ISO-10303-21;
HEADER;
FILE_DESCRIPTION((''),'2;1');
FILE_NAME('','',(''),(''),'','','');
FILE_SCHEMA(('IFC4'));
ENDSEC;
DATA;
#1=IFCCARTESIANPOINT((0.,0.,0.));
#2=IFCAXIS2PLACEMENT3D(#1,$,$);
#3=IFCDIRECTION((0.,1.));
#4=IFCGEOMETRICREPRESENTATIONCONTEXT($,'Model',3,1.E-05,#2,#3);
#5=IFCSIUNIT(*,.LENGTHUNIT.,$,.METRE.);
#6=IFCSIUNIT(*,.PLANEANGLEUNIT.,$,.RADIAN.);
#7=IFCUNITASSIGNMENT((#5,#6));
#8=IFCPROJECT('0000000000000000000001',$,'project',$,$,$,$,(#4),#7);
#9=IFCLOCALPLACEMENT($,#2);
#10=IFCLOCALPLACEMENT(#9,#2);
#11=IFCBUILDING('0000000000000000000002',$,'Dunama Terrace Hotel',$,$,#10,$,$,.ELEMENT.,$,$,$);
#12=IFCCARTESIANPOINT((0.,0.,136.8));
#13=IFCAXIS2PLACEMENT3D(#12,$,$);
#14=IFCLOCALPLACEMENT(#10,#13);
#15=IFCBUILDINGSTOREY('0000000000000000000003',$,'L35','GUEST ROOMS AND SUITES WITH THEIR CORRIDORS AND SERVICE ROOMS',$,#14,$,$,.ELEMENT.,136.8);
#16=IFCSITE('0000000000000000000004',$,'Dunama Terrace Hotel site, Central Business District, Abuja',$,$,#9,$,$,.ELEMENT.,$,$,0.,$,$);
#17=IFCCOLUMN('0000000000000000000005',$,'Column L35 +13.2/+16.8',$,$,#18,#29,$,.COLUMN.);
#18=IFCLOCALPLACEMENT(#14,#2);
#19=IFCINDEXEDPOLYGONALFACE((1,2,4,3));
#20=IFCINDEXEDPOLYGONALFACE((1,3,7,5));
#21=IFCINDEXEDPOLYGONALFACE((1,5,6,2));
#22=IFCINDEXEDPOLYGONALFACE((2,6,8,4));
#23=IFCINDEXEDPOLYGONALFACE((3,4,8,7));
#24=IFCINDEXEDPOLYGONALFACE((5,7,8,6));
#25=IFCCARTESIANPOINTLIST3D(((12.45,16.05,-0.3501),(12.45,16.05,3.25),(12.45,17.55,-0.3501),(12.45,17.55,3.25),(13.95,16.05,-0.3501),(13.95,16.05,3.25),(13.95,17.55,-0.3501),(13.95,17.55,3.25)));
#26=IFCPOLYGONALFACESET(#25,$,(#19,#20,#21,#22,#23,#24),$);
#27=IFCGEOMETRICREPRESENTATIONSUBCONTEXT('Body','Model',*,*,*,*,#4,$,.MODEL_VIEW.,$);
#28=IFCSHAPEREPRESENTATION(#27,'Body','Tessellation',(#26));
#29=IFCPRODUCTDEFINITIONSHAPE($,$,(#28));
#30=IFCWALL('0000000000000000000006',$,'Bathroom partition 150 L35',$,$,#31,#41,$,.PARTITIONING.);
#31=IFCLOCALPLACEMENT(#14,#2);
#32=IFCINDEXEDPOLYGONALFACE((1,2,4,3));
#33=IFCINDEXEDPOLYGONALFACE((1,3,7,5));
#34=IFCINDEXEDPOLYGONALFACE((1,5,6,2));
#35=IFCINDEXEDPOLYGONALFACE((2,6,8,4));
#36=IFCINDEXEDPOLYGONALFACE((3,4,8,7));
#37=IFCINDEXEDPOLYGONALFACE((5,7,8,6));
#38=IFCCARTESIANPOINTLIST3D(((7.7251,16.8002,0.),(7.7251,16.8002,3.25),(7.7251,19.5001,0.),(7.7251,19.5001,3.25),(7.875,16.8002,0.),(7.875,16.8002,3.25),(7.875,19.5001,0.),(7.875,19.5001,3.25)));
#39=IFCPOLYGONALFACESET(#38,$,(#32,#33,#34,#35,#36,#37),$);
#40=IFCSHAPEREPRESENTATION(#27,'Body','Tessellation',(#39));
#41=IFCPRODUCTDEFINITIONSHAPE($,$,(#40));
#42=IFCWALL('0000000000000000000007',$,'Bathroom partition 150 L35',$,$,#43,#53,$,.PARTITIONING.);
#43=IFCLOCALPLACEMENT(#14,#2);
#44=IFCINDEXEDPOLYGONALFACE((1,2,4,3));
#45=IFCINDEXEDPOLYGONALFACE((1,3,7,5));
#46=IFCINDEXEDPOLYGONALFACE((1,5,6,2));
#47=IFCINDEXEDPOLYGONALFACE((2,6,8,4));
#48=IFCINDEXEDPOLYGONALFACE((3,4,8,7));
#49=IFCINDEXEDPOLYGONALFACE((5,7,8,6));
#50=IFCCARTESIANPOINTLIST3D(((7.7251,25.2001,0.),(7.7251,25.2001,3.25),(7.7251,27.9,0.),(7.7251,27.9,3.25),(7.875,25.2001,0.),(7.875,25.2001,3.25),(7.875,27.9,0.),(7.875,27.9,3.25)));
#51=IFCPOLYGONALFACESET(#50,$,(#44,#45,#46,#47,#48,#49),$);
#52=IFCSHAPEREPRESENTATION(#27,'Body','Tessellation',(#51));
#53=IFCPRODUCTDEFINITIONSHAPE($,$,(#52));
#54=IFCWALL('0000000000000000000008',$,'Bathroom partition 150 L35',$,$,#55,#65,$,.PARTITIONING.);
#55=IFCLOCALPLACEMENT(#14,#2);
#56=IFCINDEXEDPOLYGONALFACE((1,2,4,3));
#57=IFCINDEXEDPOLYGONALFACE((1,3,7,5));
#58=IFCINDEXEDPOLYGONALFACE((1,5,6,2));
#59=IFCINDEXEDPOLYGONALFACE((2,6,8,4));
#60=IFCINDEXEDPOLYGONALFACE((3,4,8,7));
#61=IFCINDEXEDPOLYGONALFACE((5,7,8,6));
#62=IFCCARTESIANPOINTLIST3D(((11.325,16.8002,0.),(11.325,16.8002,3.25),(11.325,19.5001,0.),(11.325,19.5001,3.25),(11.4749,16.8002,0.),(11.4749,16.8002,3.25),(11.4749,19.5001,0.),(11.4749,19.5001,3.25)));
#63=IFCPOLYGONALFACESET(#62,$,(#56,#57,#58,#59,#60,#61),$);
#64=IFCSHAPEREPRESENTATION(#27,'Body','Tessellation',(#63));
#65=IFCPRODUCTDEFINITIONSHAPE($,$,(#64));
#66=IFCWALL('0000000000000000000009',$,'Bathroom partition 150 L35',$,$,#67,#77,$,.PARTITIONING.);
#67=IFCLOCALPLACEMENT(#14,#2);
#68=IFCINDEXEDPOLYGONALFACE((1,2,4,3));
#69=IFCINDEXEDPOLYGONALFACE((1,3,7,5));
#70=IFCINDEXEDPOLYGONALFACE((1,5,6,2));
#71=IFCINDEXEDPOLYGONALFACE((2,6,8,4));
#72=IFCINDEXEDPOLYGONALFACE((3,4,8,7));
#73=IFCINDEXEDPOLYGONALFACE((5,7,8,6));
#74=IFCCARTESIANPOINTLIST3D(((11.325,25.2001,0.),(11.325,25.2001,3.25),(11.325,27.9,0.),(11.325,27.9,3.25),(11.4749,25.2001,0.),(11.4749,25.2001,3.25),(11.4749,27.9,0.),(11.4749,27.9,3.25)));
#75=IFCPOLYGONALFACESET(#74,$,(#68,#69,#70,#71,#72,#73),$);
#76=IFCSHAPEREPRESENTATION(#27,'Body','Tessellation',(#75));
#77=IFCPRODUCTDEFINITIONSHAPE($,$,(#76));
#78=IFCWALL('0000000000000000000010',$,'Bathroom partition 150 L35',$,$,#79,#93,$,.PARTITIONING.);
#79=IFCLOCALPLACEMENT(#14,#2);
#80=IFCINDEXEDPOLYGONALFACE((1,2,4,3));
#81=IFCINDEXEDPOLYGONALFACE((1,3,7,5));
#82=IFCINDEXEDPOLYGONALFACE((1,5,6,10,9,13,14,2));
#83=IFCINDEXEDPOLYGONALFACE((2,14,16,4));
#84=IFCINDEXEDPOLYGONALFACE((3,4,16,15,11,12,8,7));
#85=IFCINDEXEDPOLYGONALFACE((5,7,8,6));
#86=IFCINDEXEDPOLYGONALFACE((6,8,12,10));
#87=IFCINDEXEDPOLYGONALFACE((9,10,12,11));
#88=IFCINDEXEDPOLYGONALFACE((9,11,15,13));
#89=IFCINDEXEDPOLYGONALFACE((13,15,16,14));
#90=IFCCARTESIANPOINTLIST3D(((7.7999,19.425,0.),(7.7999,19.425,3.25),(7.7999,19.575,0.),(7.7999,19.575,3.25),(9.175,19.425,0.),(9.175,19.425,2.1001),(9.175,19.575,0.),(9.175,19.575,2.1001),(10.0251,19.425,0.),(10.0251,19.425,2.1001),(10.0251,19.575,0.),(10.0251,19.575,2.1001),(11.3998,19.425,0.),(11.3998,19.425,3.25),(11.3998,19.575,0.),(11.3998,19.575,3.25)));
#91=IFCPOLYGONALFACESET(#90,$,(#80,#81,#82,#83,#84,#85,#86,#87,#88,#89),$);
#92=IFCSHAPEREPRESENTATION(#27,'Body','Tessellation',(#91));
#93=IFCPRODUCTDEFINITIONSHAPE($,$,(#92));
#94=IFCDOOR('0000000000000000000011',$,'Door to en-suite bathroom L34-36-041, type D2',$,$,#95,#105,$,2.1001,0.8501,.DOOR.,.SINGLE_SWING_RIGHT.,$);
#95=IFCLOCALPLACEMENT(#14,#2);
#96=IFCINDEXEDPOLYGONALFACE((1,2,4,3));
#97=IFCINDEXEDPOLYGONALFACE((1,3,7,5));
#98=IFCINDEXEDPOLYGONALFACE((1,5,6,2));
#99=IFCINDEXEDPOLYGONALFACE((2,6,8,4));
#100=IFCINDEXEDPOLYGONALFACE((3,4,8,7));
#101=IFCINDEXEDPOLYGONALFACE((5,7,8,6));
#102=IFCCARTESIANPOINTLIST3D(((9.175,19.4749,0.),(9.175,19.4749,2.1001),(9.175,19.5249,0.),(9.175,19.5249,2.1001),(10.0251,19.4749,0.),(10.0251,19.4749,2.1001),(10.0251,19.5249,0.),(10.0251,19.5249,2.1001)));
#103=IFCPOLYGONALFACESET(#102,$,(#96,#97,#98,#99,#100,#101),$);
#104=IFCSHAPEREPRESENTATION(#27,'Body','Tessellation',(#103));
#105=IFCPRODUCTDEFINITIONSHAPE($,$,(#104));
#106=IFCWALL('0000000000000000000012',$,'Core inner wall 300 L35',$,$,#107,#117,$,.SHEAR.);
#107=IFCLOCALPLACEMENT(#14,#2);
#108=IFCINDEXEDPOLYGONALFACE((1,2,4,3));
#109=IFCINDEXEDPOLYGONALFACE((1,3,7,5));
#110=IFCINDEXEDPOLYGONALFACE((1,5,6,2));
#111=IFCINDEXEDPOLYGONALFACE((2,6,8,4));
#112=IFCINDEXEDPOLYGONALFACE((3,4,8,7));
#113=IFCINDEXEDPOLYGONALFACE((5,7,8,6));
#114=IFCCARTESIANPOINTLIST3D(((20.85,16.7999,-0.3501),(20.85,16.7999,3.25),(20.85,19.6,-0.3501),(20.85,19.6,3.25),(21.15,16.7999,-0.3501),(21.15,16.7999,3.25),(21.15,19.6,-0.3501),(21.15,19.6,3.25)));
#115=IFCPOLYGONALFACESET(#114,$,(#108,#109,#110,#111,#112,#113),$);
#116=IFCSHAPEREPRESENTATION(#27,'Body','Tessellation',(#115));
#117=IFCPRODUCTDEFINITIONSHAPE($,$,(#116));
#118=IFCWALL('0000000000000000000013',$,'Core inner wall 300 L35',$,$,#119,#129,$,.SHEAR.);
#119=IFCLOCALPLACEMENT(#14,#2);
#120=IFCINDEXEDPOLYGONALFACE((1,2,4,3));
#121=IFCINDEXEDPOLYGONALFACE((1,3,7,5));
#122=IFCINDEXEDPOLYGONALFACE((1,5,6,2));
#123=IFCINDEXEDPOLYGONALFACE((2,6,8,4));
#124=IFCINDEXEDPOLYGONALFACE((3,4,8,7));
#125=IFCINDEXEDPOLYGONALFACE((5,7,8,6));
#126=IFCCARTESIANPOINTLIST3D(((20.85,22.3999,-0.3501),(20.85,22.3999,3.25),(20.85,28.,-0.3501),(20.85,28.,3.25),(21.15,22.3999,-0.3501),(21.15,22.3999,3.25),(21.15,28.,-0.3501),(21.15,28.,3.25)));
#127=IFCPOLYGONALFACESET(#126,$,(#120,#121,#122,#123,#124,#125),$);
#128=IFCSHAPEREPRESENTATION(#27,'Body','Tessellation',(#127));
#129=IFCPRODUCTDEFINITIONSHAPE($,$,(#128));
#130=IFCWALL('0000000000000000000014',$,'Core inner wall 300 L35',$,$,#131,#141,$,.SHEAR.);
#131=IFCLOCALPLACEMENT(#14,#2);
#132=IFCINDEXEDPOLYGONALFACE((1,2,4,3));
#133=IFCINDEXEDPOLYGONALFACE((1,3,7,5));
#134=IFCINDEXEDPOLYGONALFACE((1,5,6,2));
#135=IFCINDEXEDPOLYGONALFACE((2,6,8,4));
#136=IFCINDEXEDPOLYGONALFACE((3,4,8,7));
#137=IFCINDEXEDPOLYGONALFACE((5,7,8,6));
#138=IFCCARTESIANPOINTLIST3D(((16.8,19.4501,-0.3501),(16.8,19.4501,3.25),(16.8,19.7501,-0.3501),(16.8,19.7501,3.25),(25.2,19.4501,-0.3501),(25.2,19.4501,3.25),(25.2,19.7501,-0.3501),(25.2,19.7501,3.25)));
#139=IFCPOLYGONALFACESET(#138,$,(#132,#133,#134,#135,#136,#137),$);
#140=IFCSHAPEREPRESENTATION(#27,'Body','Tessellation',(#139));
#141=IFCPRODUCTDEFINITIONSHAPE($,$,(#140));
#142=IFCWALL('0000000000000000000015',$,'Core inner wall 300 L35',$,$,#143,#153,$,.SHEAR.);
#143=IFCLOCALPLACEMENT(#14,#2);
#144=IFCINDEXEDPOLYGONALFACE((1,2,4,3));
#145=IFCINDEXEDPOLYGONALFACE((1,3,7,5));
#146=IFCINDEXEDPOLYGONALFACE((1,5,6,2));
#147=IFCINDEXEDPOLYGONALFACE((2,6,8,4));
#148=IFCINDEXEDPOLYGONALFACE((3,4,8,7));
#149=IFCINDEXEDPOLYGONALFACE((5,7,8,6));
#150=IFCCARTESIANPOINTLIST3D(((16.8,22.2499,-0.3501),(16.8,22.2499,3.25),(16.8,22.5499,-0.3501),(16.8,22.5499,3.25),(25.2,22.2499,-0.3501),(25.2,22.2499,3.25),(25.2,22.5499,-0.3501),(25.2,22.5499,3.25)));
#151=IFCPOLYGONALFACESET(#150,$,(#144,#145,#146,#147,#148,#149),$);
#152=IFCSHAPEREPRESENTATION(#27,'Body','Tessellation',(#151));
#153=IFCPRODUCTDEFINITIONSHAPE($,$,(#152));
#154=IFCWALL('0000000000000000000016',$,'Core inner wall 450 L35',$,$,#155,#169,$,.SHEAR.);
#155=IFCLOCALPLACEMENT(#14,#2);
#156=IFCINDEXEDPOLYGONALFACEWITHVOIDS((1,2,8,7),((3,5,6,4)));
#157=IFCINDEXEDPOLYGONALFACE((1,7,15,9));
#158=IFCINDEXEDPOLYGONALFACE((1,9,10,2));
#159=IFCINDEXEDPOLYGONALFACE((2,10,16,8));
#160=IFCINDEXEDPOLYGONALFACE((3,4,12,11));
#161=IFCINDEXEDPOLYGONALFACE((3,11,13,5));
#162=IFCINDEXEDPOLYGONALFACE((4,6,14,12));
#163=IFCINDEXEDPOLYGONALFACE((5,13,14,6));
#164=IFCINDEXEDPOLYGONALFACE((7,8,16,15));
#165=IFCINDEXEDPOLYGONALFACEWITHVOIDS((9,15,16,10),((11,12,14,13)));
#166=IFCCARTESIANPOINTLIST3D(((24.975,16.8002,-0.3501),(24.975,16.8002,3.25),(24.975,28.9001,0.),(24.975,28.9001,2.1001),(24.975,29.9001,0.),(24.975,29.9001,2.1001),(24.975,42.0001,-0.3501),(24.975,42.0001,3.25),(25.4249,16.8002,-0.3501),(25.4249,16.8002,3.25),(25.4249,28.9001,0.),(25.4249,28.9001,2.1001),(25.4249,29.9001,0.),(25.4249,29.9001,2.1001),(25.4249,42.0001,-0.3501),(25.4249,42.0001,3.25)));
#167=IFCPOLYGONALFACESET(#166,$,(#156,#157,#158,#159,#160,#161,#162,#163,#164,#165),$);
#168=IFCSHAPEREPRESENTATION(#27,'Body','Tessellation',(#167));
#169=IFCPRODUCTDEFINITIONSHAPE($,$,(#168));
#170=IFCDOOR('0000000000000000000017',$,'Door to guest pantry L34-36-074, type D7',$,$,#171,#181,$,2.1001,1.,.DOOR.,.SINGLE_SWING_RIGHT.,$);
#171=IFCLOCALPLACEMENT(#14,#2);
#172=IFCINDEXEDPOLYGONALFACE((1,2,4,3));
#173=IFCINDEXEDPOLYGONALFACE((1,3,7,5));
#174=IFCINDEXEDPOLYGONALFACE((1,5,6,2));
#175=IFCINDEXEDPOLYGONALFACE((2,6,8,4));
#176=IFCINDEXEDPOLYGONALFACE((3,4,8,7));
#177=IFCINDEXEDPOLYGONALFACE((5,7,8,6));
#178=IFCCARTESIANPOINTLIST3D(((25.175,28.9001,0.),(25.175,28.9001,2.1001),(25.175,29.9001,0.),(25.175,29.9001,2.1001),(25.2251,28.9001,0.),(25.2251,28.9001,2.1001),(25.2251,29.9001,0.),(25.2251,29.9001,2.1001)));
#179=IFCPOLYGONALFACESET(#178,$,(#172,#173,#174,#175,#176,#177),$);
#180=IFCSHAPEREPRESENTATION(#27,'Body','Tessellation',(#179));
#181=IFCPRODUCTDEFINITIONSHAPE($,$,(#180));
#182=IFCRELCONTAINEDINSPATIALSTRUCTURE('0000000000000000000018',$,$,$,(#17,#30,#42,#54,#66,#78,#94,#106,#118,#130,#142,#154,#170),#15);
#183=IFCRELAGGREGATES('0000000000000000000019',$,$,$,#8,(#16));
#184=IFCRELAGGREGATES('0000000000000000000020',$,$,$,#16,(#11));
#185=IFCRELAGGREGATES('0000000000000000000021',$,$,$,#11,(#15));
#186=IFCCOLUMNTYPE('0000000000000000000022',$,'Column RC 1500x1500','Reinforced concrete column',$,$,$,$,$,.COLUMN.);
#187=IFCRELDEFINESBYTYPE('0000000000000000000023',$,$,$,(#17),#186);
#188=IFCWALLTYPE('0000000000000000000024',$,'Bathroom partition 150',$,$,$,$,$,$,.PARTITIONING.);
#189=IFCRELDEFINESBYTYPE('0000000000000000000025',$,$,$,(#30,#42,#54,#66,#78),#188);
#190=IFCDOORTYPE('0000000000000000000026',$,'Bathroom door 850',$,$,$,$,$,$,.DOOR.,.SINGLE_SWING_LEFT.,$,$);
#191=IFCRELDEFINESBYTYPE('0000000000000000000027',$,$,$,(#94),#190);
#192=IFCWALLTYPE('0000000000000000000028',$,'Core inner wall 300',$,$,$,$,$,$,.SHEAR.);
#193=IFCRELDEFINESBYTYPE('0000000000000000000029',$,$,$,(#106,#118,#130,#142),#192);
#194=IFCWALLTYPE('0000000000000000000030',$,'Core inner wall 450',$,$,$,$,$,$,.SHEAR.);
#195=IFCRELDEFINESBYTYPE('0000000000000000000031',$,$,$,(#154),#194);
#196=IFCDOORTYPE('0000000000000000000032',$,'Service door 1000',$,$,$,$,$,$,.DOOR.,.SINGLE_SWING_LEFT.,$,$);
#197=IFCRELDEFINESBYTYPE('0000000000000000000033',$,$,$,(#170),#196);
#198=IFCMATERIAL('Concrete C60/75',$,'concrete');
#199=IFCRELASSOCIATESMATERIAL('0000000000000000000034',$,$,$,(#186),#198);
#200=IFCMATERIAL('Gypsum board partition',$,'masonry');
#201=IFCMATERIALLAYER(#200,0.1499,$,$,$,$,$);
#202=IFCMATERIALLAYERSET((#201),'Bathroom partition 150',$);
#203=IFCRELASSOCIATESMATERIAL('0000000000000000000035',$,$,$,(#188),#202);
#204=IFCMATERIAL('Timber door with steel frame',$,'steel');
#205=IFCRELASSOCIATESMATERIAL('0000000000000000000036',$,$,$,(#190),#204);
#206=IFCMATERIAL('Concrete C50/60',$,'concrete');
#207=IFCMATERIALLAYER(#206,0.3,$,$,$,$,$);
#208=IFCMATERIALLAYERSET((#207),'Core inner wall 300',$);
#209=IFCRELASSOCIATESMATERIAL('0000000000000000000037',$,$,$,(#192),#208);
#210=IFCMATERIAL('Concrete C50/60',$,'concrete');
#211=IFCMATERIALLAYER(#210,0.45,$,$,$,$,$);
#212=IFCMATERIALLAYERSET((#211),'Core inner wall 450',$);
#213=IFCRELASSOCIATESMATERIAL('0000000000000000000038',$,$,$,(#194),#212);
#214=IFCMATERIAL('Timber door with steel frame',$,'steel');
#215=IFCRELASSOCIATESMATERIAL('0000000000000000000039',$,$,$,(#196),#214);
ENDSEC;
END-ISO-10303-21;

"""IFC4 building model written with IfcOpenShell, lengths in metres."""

from ifc_helpers import new_model, si_unit, direction, frame, frame_2d, origin, origin_2d, place, context, subcontext, project, spatial, rectangle, extrude, material, layer, layer_set, material_profile, profile_set, type_object, element, fill, save


model = new_model("IFC4")

# Units and contexts
model_context = context("Model", 3, precision=1e-05, world=origin(), true_north=direction((0.0, 1.0)))
body_context = subcontext(model_context, "Body", "Model", "MODEL_VIEW")
ifc_project = project(units=[si_unit("LENGTHUNIT", "METRE"), si_unit("PLANEANGLEUNIT", "RADIAN")], contexts=[model_context])

# Site, building, storey
site_placement = place(None, origin())
site = spatial("IfcSite", under=ifc_project, at=site_placement, Name="Dunama Terrace Hotel site, Central Business District, Abuja", CompositionType="ELEMENT", RefElevation=0.0)
building_placement = place(site_placement, origin())
building = spatial("IfcBuilding", under=site, at=building_placement, Name="Dunama Terrace Hotel", CompositionType="ELEMENT")
storey_placement = place(building_placement, frame((0.0, 0.0, 136.8)))
storey = spatial("IfcBuildingStorey", under=building, at=storey_placement, Name="L35", Description="GUEST ROOMS AND SUITES WITH THEIR CORRIDORS AND SERVICE ROOMS", CompositionType="ELEMENT", Elevation=136.8)

# Column
ifc_material_1 = material(Name="Concrete C60/75", Category="concrete")
ifc_material_profile = material_profile(ifc_material_1, rectangle(XDim=1.5, YDim=1.5, at=origin_2d()), Name="RC 1500x1500")
ifc_profile_set = profile_set([ifc_material_profile], Name="Concrete C60/75")
column_type = type_object("IfcColumnType", Name="Column RC 1500x1500", Description="Reinforced concrete column", PredefinedType="COLUMN", material=ifc_profile_set)
column_placement = place(storey_placement, frame((13.2, 16.8, -0.3501), z_axis=(0.0, 0.0, 1.0), x_axis=(1.0, 0.0, 0.0)))
element("IfcColumn", 1, at=column_placement, inside=storey, type_object=column_type, Name="Column L35 +13.2/+16.8", PredefinedType="COLUMN", context=body_context, shape_type="SweptSolid", body=[
    extrude(rectangle(XDim=1.5, YDim=1.5, at=origin_2d()), origin(), (0.0, 0.0, 1.0), 3.6001),
])

# Walls
ifc_material_2 = material(Name="Gypsum board partition", Category="masonry")
ifc_layer_1 = layer(ifc_material_2, 0.1499)
ifc_layer_set_1 = layer_set([ifc_layer_1], Name="Bathroom partition 150")
wall_type_1 = type_object("IfcWallType", Name="Bathroom partition 150", PredefinedType="PARTITIONING", material=ifc_layer_set_1)
for number, where, z_axis, x_axis, name in (
    (2, (7.8, 16.8, 0.0), (0.0, 0.0, 1.0), (0.0, 1.0, 0.0), "Bathroom partition 150 L35"),
    (3, (7.8, 25.2, 0.0), (0.0, 0.0, 1.0), (0.0, 1.0, 0.0), "Bathroom partition 150 L35"),
    (4, (11.3999, 16.8, 0.0), (0.0, 0.0, 1.0), (0.0, 1.0, 0.0), "Bathroom partition 150 L35"),
    (5, (11.3999, 25.2, 0.0), (0.0, 0.0, 1.0), (0.0, 1.0, 0.0), "Bathroom partition 150 L35"),
):
    element("IfcWall", number, at=place(storey_placement, frame(where, z_axis=z_axis, x_axis=x_axis)), inside=storey, type_object=wall_type_1, Name=name, PredefinedType="PARTITIONING", context=body_context, shape_type="SweptSolid", body=[
        extrude(rectangle(XDim=2.7, YDim=0.1499, at=frame_2d((1.3501, 0.0))), origin(), (0.0, 0.0, 1.0), 3.25),
    ])

# Wall, opening, door
wall_1_placement = place(storey_placement, frame((7.8, 19.5, 0.0), z_axis=(0.0, 0.0, 1.0), x_axis=(1.0, 0.0, 0.0)))
wall_1 = element("IfcWall", 6, at=wall_1_placement, inside=storey, type_object=wall_type_1, Name="Bathroom partition 150 L35", PredefinedType="PARTITIONING", context=body_context, shape_type="SweptSolid", body=[
    extrude(rectangle(XDim=3.5999, YDim=0.1499, at=frame_2d((1.7998, 0.0))), origin(), (0.0, 0.0, 1.0), 3.25),
])
opening_1_placement = place(wall_1_placement, frame((1.375, 0.0, 0.0)))
opening_1 = element("IfcOpeningElement", 7, at=opening_1_placement, cuts=wall_1, PredefinedType="OPENING", context=body_context, shape_type="SweptSolid", body=[
    extrude(rectangle(XDim=0.8501, YDim=2.1001, at=frame_2d((0.425, 1.05))), frame((0.0, 0.085, 0.0), z_axis=(0.0, -1.0, 0.0), x_axis=(1.0, 0.0, 0.0)), (0.0, 0.0, 1.0), 0.1699),
])
ifc_material_3 = material(Name="Timber door with steel frame", Category="steel")
door_type_1 = type_object("IfcDoorType", Name="Bathroom door 850", OperationType="SINGLE_SWING_LEFT", PredefinedType="DOOR", material=ifc_material_3)
door_1_placement = place(opening_1_placement, frame((0.8501, 0.0, 0.0), z_axis=(0.0, 0.0, 1.0), x_axis=(-1.0, 0.0, 0.0)))
door_1 = element("IfcDoor", 8, at=door_1_placement, inside=storey, type_object=door_type_1, Name="Door to en-suite bathroom L34-36-041, type D2", OperationType="SINGLE_SWING_RIGHT", OverallHeight=2.1001, OverallWidth=0.8501, PredefinedType="DOOR", context=body_context, shape_type="SweptSolid", body=[
    extrude(rectangle(XDim=0.8501, YDim=2.1001, at=frame_2d((0.425, 1.05))), frame((0.0, 0.0251, 0.0), z_axis=(0.0, -1.0, 0.0), x_axis=(1.0, 0.0, 0.0)), (0.0, 0.0, 1.0), 0.05),
])
fill(opening_1, door_1)

# Walls
ifc_material_4 = material(Name="Concrete C50/60", Category="concrete")
ifc_layer_2 = layer(ifc_material_4, 0.3)
ifc_layer_set_2 = layer_set([ifc_layer_2], Name="Core inner wall 300")
wall_type_2 = type_object("IfcWallType", Name="Core inner wall 300", PredefinedType="SHEAR", material=ifc_layer_set_2)
wall_2_placement = place(storey_placement, frame((21.0, 16.8, -0.3501), z_axis=(0.0, 0.0, 1.0), x_axis=(0.0, 1.0, 0.0)))
element("IfcWall", 9, at=wall_2_placement, inside=storey, type_object=wall_type_2, Name="Core inner wall 300 L35", PredefinedType="SHEAR", context=body_context, shape_type="SweptSolid", body=[
    extrude(rectangle(XDim=2.8, YDim=0.3, at=frame_2d((1.3999, 0.0))), origin(), (0.0, 0.0, 1.0), 3.6001),
])
wall_3_placement = place(storey_placement, frame((21.0, 22.3999, -0.3501), z_axis=(0.0, 0.0, 1.0), x_axis=(0.0, 1.0, 0.0)))
element("IfcWall", 10, at=wall_3_placement, inside=storey, type_object=wall_type_2, Name="Core inner wall 300 L35", PredefinedType="SHEAR", context=body_context, shape_type="SweptSolid", body=[
    extrude(rectangle(XDim=5.6001, YDim=0.3, at=frame_2d((2.8, 0.0))), origin(), (0.0, 0.0, 1.0), 3.6001),
])
for number, where, z_axis, x_axis, name in (
    (11, (16.8, 19.6001, -0.3501), (0.0, 0.0, 1.0), (1.0, 0.0, 0.0), "Core inner wall 300 L35"),
    (12, (16.8, 22.3999, -0.3501), (0.0, 0.0, 1.0), (1.0, 0.0, 0.0), "Core inner wall 300 L35"),
):
    element("IfcWall", number, at=place(storey_placement, frame(where, z_axis=z_axis, x_axis=x_axis)), inside=storey, type_object=wall_type_2, Name=name, PredefinedType="SHEAR", context=body_context, shape_type="SweptSolid", body=[
        extrude(rectangle(XDim=8.3999, YDim=0.3, at=frame_2d((4.2, 0.0))), origin(), (0.0, 0.0, 1.0), 3.6001),
    ])

# Wall, opening, door
ifc_material_5 = material(Name="Concrete C50/60", Category="concrete")
ifc_layer_3 = layer(ifc_material_5, 0.45)
ifc_layer_set_3 = layer_set([ifc_layer_3], Name="Core inner wall 450")
wall_type_3 = type_object("IfcWallType", Name="Core inner wall 450", PredefinedType="SHEAR", material=ifc_layer_set_3)
wall_4_placement = place(storey_placement, frame((25.2, 16.8, -0.3501), z_axis=(0.0, 0.0, 1.0), x_axis=(0.0, 1.0, 0.0)))
wall_4 = element("IfcWall", 13, at=wall_4_placement, inside=storey, type_object=wall_type_3, Name="Core inner wall 450 L35", PredefinedType="SHEAR", context=body_context, shape_type="SweptSolid", body=[
    extrude(rectangle(XDim=25.2, YDim=0.45, at=frame_2d((12.6001, 0.0))), origin(), (0.0, 0.0, 1.0), 3.6001),
])
opening_2_placement = place(wall_4_placement, frame((12.1001, 0.0, 0.3501)))
opening_2 = element("IfcOpeningElement", 14, at=opening_2_placement, cuts=wall_4, PredefinedType="OPENING", context=body_context, shape_type="SweptSolid", body=[
    extrude(rectangle(XDim=1.0, YDim=2.1001, at=frame_2d((0.5, 1.05))), frame((0.0, 0.2349, 0.0), z_axis=(0.0, -1.0, 0.0), x_axis=(1.0, 0.0, 0.0)), (0.0, 0.0, 1.0), 0.47),
])
ifc_material_6 = material(Name="Timber door with steel frame", Category="steel")
door_type_2 = type_object("IfcDoorType", Name="Service door 1000", OperationType="SINGLE_SWING_LEFT", PredefinedType="DOOR", material=ifc_material_6)
door_2_placement = place(opening_2_placement, frame((1.0, 0.0, 0.0), z_axis=(0.0, 0.0, 1.0), x_axis=(-1.0, 0.0, 0.0)))
door_2 = element("IfcDoor", 15, at=door_2_placement, inside=storey, type_object=door_type_2, Name="Door to guest pantry L34-36-074, type D7", OperationType="SINGLE_SWING_RIGHT", OverallHeight=2.1001, OverallWidth=1.0, PredefinedType="DOOR", context=body_context, shape_type="SweptSolid", body=[
    extrude(rectangle(XDim=1.0, YDim=2.1001, at=frame_2d((0.5, 1.05))), frame((0.0, 0.0251, 0.0), z_axis=(0.0, -1.0, 0.0), x_axis=(1.0, 0.0, 0.0)), (0.0, 0.0, 1.0), 0.05),
])
fill(opening_2, door_2)

save(model, "model.ifc")
